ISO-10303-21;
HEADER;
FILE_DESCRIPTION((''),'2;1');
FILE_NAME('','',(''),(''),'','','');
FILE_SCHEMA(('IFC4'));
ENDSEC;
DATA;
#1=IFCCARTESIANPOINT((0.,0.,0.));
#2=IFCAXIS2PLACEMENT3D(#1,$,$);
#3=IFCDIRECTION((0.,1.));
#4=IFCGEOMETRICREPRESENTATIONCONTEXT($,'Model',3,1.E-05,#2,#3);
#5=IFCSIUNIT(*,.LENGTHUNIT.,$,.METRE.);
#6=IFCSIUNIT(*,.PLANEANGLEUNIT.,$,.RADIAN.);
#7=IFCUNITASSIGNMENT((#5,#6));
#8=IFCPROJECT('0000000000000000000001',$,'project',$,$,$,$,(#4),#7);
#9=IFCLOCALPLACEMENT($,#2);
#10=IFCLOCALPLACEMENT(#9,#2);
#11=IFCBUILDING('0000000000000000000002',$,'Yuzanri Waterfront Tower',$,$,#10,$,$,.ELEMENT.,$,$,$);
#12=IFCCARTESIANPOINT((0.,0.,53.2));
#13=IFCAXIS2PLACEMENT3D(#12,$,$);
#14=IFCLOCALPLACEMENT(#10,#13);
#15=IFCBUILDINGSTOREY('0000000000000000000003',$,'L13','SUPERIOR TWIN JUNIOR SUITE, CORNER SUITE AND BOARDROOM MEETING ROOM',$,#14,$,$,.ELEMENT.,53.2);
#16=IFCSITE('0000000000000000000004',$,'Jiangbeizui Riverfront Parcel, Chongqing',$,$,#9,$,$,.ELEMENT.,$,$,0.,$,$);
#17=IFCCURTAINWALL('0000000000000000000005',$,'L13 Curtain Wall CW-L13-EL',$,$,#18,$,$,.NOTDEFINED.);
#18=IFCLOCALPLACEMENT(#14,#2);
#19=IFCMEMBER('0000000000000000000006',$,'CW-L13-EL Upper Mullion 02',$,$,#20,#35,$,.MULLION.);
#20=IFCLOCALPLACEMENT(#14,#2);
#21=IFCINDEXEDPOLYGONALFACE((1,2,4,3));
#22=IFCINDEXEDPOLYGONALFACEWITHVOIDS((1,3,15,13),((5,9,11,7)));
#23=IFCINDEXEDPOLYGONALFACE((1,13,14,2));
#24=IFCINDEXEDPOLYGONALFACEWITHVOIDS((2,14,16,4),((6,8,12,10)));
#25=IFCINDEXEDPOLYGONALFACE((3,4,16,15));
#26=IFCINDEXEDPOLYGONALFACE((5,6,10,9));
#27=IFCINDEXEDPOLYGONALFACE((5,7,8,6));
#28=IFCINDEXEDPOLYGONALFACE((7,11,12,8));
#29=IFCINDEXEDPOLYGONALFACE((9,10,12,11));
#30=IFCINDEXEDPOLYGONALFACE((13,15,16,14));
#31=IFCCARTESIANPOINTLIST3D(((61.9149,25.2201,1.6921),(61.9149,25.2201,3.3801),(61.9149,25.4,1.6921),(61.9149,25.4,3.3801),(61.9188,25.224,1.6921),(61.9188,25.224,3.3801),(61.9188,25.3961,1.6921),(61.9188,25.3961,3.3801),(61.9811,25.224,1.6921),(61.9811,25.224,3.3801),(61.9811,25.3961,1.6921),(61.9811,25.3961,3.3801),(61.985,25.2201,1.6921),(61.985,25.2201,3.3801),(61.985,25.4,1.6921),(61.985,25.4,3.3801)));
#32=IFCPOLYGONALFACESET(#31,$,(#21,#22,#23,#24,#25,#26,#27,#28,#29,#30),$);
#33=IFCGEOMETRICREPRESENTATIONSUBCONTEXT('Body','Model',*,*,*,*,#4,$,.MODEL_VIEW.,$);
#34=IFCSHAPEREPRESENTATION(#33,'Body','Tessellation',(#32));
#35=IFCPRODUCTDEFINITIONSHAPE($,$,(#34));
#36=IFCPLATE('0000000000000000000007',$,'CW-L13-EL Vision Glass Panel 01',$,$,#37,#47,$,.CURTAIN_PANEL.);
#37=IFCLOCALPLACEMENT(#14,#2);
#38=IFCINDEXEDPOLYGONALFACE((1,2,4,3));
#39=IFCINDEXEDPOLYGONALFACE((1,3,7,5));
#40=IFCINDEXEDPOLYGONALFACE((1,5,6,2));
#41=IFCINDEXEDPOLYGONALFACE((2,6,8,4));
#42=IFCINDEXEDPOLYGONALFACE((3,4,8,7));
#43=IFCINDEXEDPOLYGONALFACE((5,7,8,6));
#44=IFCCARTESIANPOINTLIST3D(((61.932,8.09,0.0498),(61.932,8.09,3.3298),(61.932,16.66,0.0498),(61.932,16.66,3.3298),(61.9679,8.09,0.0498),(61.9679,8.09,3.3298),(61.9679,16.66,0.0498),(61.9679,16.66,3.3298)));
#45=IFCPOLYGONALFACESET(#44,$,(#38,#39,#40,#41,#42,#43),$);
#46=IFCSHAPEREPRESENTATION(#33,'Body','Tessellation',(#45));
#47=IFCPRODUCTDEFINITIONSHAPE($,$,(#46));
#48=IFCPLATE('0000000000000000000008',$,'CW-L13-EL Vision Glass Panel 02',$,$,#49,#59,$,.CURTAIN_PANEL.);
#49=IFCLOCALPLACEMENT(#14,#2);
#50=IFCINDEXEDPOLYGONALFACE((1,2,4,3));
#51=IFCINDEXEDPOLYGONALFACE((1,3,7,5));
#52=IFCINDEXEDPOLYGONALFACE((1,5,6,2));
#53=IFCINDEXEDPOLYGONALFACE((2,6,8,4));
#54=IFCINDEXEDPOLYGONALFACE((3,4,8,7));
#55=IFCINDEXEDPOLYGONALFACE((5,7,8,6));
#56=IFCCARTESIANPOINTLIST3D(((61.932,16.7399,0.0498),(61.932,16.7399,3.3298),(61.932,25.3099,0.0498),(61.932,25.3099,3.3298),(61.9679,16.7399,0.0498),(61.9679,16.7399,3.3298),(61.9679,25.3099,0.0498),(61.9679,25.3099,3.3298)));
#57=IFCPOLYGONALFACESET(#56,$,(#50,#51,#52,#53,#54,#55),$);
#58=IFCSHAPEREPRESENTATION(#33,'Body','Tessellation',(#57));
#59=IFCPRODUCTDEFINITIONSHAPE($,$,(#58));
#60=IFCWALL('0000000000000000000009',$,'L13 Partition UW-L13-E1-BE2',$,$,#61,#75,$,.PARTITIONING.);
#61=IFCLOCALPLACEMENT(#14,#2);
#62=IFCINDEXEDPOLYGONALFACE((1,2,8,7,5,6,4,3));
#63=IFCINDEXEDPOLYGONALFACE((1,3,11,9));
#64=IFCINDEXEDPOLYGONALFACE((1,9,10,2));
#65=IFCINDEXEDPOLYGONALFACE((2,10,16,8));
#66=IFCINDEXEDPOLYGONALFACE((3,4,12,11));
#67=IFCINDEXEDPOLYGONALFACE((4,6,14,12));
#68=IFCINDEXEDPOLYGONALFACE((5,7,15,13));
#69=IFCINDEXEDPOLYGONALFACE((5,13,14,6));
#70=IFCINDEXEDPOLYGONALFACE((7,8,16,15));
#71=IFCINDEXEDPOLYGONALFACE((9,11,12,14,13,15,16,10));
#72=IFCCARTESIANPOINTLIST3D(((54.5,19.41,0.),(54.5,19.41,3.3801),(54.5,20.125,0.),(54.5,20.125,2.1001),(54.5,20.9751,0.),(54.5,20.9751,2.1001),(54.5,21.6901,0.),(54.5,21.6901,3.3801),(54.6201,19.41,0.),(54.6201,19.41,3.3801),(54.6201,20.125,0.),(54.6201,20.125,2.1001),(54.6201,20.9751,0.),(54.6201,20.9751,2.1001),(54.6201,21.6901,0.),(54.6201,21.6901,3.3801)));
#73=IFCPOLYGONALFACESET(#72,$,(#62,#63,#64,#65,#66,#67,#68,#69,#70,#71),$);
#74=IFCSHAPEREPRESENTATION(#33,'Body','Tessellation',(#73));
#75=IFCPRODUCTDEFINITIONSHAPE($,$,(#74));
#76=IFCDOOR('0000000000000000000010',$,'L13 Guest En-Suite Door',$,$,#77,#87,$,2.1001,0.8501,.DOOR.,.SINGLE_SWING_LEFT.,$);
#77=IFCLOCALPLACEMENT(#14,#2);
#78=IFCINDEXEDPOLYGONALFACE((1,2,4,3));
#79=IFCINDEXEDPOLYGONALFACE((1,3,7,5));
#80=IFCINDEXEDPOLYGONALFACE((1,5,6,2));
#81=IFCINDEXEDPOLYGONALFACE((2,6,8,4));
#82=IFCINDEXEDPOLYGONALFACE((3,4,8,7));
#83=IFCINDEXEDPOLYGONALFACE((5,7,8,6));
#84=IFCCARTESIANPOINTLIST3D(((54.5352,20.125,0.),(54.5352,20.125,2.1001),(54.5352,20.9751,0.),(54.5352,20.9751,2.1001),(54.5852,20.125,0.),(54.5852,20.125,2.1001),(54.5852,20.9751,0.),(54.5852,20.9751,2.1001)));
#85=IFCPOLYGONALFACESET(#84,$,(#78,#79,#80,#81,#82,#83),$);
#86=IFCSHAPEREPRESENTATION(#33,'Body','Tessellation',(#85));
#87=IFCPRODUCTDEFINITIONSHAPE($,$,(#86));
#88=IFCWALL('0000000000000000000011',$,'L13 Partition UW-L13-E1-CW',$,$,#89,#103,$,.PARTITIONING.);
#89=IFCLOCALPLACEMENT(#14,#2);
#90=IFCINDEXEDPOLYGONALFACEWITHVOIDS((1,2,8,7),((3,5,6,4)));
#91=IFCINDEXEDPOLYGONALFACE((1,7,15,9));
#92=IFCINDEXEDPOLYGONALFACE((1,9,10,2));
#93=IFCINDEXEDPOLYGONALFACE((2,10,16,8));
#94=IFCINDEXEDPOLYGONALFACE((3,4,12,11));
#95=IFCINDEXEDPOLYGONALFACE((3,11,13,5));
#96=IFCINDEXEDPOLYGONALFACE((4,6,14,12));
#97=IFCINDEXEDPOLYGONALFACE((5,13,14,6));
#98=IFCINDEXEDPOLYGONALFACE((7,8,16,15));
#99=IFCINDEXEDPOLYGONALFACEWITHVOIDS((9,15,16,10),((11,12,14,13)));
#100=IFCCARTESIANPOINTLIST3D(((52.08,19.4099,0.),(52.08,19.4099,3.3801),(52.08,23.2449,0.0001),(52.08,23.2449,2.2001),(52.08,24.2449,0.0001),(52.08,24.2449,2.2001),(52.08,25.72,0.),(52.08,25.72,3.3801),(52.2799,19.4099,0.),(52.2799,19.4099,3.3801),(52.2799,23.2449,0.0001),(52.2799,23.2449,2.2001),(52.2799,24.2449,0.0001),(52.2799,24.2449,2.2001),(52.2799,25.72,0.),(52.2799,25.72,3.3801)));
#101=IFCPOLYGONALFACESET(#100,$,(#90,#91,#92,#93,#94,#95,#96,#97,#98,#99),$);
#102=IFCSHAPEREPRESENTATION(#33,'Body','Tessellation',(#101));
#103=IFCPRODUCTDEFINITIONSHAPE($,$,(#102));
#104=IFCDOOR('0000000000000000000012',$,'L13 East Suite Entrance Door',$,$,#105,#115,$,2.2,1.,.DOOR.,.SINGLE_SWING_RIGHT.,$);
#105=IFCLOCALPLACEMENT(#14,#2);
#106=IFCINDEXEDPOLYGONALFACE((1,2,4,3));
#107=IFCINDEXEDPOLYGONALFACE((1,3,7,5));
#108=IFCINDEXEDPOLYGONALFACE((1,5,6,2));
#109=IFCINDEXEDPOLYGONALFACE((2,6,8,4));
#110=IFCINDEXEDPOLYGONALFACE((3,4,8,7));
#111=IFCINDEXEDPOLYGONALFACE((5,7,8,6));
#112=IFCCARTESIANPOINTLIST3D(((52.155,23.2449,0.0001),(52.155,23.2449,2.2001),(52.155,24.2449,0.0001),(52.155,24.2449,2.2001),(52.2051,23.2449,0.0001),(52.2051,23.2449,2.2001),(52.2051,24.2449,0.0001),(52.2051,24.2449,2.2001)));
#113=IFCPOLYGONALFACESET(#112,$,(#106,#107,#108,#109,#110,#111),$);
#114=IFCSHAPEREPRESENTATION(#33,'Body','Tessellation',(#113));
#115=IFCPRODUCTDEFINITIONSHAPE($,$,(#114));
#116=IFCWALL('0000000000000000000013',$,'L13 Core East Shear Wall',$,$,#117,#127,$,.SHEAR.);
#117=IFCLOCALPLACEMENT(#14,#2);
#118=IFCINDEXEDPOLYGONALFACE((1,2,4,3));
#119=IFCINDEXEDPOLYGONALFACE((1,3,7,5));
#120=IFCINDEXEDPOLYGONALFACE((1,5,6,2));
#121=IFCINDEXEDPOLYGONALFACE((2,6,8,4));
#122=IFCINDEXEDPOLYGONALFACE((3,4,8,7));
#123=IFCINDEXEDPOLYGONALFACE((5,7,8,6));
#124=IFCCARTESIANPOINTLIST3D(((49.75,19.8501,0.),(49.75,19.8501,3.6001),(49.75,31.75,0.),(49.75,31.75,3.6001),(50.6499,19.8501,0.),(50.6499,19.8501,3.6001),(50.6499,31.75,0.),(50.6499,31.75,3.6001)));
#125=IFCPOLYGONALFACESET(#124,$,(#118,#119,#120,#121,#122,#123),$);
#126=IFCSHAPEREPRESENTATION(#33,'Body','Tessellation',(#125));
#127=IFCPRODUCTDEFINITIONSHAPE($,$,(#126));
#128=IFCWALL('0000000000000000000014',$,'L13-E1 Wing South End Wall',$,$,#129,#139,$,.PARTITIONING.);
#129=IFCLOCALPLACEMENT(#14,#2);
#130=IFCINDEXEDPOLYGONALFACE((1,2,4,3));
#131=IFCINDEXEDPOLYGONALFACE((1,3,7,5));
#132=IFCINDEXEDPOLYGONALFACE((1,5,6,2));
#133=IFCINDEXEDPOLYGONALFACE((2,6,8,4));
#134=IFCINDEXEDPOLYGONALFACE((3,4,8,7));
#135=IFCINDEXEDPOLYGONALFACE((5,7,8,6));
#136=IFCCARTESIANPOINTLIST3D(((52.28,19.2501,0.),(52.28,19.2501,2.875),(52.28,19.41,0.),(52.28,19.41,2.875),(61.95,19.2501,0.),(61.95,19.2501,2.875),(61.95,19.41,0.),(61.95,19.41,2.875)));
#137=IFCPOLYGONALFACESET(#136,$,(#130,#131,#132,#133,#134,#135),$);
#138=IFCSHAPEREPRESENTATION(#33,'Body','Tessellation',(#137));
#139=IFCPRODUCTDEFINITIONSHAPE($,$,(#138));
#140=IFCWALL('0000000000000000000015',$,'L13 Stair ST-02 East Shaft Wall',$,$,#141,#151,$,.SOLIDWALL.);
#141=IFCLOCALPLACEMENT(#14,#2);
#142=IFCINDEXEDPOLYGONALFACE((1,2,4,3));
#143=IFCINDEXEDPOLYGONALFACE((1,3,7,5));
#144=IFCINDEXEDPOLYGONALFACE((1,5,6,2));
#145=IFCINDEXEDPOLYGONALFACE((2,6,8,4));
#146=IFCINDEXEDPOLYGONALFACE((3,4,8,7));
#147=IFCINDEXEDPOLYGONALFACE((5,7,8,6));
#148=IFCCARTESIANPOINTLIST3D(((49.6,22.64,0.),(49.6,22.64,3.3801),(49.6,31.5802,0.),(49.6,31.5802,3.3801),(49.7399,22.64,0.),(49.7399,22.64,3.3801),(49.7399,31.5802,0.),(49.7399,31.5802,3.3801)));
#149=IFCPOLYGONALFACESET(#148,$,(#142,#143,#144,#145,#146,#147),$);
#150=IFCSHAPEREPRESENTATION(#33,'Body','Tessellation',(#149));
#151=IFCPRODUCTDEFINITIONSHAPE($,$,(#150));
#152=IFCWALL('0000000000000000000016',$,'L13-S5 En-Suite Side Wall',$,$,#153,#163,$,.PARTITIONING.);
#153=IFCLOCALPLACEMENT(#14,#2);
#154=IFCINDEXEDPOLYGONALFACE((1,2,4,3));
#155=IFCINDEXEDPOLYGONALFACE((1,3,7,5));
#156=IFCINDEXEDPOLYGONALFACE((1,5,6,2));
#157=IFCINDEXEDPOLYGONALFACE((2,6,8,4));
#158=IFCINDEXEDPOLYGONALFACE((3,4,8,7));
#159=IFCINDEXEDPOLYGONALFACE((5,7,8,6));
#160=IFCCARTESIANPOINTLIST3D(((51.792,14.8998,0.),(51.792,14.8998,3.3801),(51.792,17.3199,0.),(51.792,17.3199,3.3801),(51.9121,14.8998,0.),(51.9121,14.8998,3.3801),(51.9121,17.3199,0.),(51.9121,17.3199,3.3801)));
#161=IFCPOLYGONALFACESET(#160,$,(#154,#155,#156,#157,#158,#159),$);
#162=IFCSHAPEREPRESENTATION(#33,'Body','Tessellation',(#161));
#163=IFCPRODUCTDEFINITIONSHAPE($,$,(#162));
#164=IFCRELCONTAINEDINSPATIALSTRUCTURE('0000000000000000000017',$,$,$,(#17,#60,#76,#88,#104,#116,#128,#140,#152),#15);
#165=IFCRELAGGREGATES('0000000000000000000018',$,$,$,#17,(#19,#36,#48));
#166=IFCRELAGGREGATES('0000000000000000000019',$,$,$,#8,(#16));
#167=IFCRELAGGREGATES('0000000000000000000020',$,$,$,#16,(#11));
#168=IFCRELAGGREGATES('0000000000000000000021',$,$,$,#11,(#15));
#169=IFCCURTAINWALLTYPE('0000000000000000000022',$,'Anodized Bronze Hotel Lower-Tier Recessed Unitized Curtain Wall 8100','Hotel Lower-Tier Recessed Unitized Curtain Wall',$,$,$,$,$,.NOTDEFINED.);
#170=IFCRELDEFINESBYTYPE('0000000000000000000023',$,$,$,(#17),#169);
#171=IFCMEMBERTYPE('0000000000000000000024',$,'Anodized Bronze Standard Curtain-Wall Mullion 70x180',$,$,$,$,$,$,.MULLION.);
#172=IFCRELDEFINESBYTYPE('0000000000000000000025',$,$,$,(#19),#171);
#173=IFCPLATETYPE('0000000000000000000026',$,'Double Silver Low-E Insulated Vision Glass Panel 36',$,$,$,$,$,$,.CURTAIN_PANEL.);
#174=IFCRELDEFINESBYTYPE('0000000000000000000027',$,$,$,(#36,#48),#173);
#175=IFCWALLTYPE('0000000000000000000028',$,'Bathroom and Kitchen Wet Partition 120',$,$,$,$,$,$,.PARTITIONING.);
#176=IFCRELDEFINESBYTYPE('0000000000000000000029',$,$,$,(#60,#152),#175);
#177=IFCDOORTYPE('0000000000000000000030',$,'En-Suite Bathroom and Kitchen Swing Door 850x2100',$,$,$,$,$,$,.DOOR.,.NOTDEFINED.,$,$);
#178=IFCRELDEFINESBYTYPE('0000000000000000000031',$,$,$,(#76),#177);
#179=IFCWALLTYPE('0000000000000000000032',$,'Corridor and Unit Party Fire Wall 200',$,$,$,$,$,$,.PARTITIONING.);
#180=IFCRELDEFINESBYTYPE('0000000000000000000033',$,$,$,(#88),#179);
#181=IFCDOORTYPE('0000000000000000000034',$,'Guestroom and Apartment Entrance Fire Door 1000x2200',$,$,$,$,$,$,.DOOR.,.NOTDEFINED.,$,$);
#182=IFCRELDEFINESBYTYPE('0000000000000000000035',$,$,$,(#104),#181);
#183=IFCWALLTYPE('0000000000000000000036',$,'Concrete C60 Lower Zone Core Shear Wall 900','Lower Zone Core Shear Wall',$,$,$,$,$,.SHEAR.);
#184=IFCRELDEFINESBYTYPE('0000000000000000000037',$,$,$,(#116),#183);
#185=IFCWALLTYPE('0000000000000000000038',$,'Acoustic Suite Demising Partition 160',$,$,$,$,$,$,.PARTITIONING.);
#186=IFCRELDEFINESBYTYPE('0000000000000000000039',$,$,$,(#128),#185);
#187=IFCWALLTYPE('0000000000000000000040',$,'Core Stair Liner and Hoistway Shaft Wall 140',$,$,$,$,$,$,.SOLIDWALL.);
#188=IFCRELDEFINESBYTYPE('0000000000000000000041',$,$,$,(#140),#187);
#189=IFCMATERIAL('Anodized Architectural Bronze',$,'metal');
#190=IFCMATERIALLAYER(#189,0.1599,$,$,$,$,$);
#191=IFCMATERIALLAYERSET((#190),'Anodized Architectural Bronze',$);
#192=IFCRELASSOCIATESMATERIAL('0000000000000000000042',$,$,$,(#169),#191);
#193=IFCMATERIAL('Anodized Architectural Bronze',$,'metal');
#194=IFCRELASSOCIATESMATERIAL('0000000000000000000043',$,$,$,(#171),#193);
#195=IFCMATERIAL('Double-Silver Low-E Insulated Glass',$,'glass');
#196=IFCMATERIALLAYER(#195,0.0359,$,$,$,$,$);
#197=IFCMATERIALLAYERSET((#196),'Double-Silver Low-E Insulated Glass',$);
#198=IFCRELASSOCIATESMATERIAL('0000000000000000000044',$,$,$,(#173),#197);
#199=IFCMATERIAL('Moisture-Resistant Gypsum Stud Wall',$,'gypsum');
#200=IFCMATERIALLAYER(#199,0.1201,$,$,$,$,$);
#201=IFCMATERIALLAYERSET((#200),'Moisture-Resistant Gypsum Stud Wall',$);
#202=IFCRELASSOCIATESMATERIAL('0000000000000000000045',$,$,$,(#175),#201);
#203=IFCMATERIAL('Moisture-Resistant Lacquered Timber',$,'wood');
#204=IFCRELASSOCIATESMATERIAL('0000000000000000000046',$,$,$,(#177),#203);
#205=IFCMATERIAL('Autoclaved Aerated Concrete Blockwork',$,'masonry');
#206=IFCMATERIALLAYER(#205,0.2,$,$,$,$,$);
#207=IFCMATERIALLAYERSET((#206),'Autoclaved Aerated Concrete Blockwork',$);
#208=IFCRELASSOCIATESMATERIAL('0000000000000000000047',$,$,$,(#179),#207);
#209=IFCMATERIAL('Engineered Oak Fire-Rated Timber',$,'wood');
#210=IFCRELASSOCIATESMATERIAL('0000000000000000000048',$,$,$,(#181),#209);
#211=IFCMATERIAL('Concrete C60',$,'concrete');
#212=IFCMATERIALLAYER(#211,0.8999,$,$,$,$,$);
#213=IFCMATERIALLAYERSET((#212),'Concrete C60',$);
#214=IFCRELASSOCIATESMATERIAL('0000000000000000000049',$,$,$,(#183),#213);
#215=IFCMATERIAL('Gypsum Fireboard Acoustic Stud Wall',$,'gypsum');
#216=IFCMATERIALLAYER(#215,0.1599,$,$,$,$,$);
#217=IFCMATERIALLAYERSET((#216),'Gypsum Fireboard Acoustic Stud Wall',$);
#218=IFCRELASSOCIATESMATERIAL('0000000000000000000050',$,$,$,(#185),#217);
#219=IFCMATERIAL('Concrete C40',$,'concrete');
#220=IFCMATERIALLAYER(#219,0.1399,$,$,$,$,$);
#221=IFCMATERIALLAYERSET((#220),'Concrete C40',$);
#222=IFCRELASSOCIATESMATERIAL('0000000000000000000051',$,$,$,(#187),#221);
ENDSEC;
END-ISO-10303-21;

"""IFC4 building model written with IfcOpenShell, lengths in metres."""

from ifc_helpers import new_model, si_unit, direction, frame, frame_2d, origin, origin_2d, place, context, subcontext, project, spatial, rectangle, hollow_rectangle, extrude, source, transform, mapped, material, layer, layer_set, material_profile, profile_set, type_object, element, fill, aggregate, save


model = new_model("IFC4")

# Units and contexts
model_context = context("Model", 3, precision=1e-05, world=origin(), true_north=direction((0.0, 1.0)))
body_context = subcontext(model_context, "Body", "Model", "MODEL_VIEW")
ifc_project = project(units=[si_unit("LENGTHUNIT", "METRE"), si_unit("PLANEANGLEUNIT", "RADIAN")], contexts=[model_context])

# Site, building, storey
site_placement = place(None, origin())
site = spatial("IfcSite", under=ifc_project, at=site_placement, Name="Jiangbeizui Riverfront Parcel, Chongqing", CompositionType="ELEMENT", RefElevation=0.0)
building_placement = place(site_placement, origin())
building = spatial("IfcBuilding", under=site, at=building_placement, Name="Yuzanri Waterfront Tower", CompositionType="ELEMENT")
storey_placement = place(building_placement, frame((0.0, 0.0, 53.2)))
storey = spatial("IfcBuildingStorey", under=building, at=storey_placement, Name="L13", Description="SUPERIOR TWIN JUNIOR SUITE, CORNER SUITE AND BOARDROOM MEETING ROOM", CompositionType="ELEMENT", Elevation=53.2)

# Curtain wall, member, plates
ifc_material_1 = material(Name="Anodized Architectural Bronze", Category="metal")
ifc_layer_1 = layer(ifc_material_1, 0.1599)
ifc_layer_set_1 = layer_set([ifc_layer_1], Name="Anodized Architectural Bronze")
curtain_wall_type = type_object("IfcCurtainWallType", Name="Anodized Bronze Hotel Lower-Tier Recessed Unitized Curtain Wall 8100", Description="Hotel Lower-Tier Recessed Unitized Curtain Wall", PredefinedType="NOTDEFINED", material=ifc_layer_set_1)
curtain_wall_placement = place(storey_placement, origin())
curtain_wall = element("IfcCurtainWall", 1, at=curtain_wall_placement, inside=storey, type_object=curtain_wall_type, Name="L13 Curtain Wall CW-L13-EL", PredefinedType="NOTDEFINED")
ifc_material_2 = material(Name="Anodized Architectural Bronze", Category="metal")
ifc_material_profile_1 = material_profile(ifc_material_2, hollow_rectangle(XDim=0.0701, YDim=0.1799, WallThickness=0.0039, at=origin_2d()), Name="CWM 70x180")
ifc_profile_set_1 = profile_set([ifc_material_profile_1], Name="Anodized Architectural Bronze")
member_type = type_object("IfcMemberType", Name="Anodized Bronze Standard Curtain-Wall Mullion 70x180", PredefinedType="MULLION", material=ifc_profile_set_1)
shared_shape_1 = source(origin(), body_context, "Body", "SweptSolid", [
    extrude(hollow_rectangle(XDim=0.0701, YDim=0.1799, WallThickness=0.0039, at=origin_2d()), origin(), (0.0, 0.0, 1.0), 1.688),
])
member_1_placement = place(storey_placement, frame((61.95, 25.3101, 1.6921), z_axis=(0.0, 0.0, 1.0), x_axis=(1.0, 0.0, 0.0)))
member_1 = element("IfcMember", 2, at=member_1_placement, type_object=member_type, Name="CW-L13-EL Upper Mullion 02", PredefinedType="MULLION", context=body_context, shape_type="MappedRepresentation", body=[
    mapped(shared_shape_1, transform((0.0, 0.0, 0.0), scale=1.0)),
])
ifc_material_3 = material(Name="Double-Silver Low-E Insulated Glass", Category="glass")
ifc_layer_2 = layer(ifc_material_3, 0.0359)
ifc_layer_set_2 = layer_set([ifc_layer_2], Name="Double-Silver Low-E Insulated Glass")
plate_type = type_object("IfcPlateType", Name="Double Silver Low-E Insulated Vision Glass Panel 36", PredefinedType="CURTAIN_PANEL", material=ifc_layer_set_2)
shared_shape_2 = source(origin(), body_context, "Body", "SweptSolid", [
    extrude(rectangle(XDim=8.5701, YDim=0.0359, at=origin_2d()), origin(), (0.0, 0.0, 1.0), 3.28),
])
plate_1_placement = place(storey_placement, frame((61.95, 12.375, 0.0498), z_axis=(0.0, 0.0, 1.0), x_axis=(0.0, 1.0, 0.0)))
plate_1 = element("IfcPlate", 3, at=plate_1_placement, type_object=plate_type, Name="CW-L13-EL Vision Glass Panel 01", PredefinedType="CURTAIN_PANEL", context=body_context, shape_type="MappedRepresentation", body=[
    mapped(shared_shape_2, transform((0.0, 0.0, 0.0), scale=1.0)),
])
plate_2_placement = place(storey_placement, frame((61.95, 21.0249, 0.0498), z_axis=(0.0, 0.0, 1.0), x_axis=(0.0, 1.0, 0.0)))
plate_2 = element("IfcPlate", 4, at=plate_2_placement, type_object=plate_type, Name="CW-L13-EL Vision Glass Panel 02", PredefinedType="CURTAIN_PANEL", context=body_context, shape_type="MappedRepresentation", body=[
    mapped(shared_shape_2, transform((0.0, 0.0, 0.0), scale=1.0)),
])
aggregate(curtain_wall, [member_1, plate_1, plate_2])

# Walls, openings, doors
ifc_material_4 = material(Name="Moisture-Resistant Gypsum Stud Wall", Category="gypsum")
ifc_layer_3 = layer(ifc_material_4, 0.1201)
ifc_layer_set_3 = layer_set([ifc_layer_3], Name="Moisture-Resistant Gypsum Stud Wall")
wall_type_1 = type_object("IfcWallType", Name="Bathroom and Kitchen Wet Partition 120", PredefinedType="PARTITIONING", material=ifc_layer_set_3)
wall_1_placement = place(storey_placement, frame((54.5601, 19.4099, 0.0), z_axis=(0.0, 0.0, 1.0), x_axis=(0.0, 1.0, 0.0)))
wall_1 = element("IfcWall", 5, at=wall_1_placement, inside=storey, type_object=wall_type_1, Name="L13 Partition UW-L13-E1-BE2", PredefinedType="PARTITIONING", context=body_context, shape_type="SweptSolid", body=[
    extrude(rectangle(XDim=2.28, YDim=0.1201, at=frame_2d((1.1401, 0.0))), origin(), (0.0, 0.0, 1.0), 3.3801),
])
opening_1_placement = place(wall_1_placement, frame((0.7151, 0.0, 0.0)))
opening_1 = element("IfcOpeningElement", 6, at=opening_1_placement, cuts=wall_1, PredefinedType="OPENING", context=body_context, shape_type="SweptSolid", body=[
    extrude(rectangle(XDim=0.8501, YDim=2.1001, at=frame_2d((0.425, 1.05))), frame((0.0, 0.075, 0.0), z_axis=(0.0, -1.0, 0.0), x_axis=(1.0, 0.0, 0.0)), (0.0, 0.0, 1.0), 0.1499),
])
ifc_material_5 = material(Name="Moisture-Resistant Lacquered Timber", Category="wood")
door_type_1 = type_object("IfcDoorType", Name="En-Suite Bathroom and Kitchen Swing Door 850x2100", OperationType="NOTDEFINED", PredefinedType="DOOR", material=ifc_material_5)
shared_shape_3 = source(origin(), body_context, "Body", "SweptSolid", [
    extrude(rectangle(XDim=0.8501, YDim=2.1001, at=frame_2d((0.425, 1.05))), frame((0.0, 0.0249, 0.0), z_axis=(0.0, -1.0, 0.0), x_axis=(1.0, 0.0, 0.0)), (0.0, 0.0, 1.0), 0.05),
])
door_1_placement = place(opening_1_placement, origin())
door_1 = element("IfcDoor", 7, at=door_1_placement, inside=storey, type_object=door_type_1, Name="L13 Guest En-Suite Door", OperationType="SINGLE_SWING_LEFT", OverallHeight=2.1001, OverallWidth=0.8501, PredefinedType="DOOR", context=body_context, shape_type="MappedRepresentation", body=[
    mapped(shared_shape_3, transform((0.0, 0.0, 0.0), scale=1.0)),
])
fill(opening_1, door_1)
ifc_material_6 = material(Name="Autoclaved Aerated Concrete Blockwork", Category="masonry")
ifc_layer_4 = layer(ifc_material_6, 0.2)
ifc_layer_set_4 = layer_set([ifc_layer_4], Name="Autoclaved Aerated Concrete Blockwork")
wall_type_2 = type_object("IfcWallType", Name="Corridor and Unit Party Fire Wall 200", PredefinedType="PARTITIONING", material=ifc_layer_set_4)
wall_2_placement = place(storey_placement, frame((52.1799, 19.4099, 0.0), z_axis=(0.0, 0.0, 1.0), x_axis=(0.0, 1.0, 0.0)))
wall_2 = element("IfcWall", 8, at=wall_2_placement, inside=storey, type_object=wall_type_2, Name="L13 Partition UW-L13-E1-CW", PredefinedType="PARTITIONING", context=body_context, shape_type="SweptSolid", body=[
    extrude(rectangle(XDim=6.3101, YDim=0.2, at=frame_2d((3.155, 0.0))), origin(), (0.0, 0.0, 1.0), 3.3801),
])
opening_2_placement = place(wall_2_placement, frame((3.835, 0.0, 0.0)))
opening_2 = element("IfcOpeningElement", 9, at=opening_2_placement, cuts=wall_2, PredefinedType="OPENING", context=body_context, shape_type="SweptSolid", body=[
    extrude(rectangle(XDim=1.0, YDim=2.2, at=frame_2d((0.5, 1.1001))), frame((0.0, 0.1147, 0.0), z_axis=(0.0, -1.0, 0.0), x_axis=(1.0, 0.0, 0.0)), (0.0, 0.0, 1.0), 0.2297),
])
ifc_material_7 = material(Name="Engineered Oak Fire-Rated Timber", Category="wood")
door_type_2 = type_object("IfcDoorType", Name="Guestroom and Apartment Entrance Fire Door 1000x2200", OperationType="NOTDEFINED", PredefinedType="DOOR", material=ifc_material_7)
shared_shape_4 = source(origin(), body_context, "Body", "SweptSolid", [
    extrude(rectangle(XDim=1.0, YDim=2.2, at=frame_2d((0.5, 1.1001))), frame((0.0, 0.0249, 0.0), z_axis=(0.0, -1.0, 0.0), x_axis=(1.0, 0.0, 0.0)), (0.0, 0.0, 1.0), 0.05),
])
door_2_placement = place(opening_2_placement, origin())
door_2 = element("IfcDoor", 10, at=door_2_placement, inside=storey, type_object=door_type_2, Name="L13 East Suite Entrance Door", OperationType="SINGLE_SWING_RIGHT", OverallHeight=2.2, OverallWidth=1.0, PredefinedType="DOOR", context=body_context, shape_type="MappedRepresentation", body=[
    mapped(shared_shape_4, transform((0.0, 0.0, 0.0), scale=1.0)),
])
fill(opening_2, door_2)

# Walls
ifc_material_8 = material(Name="Concrete C60", Category="concrete")
ifc_layer_5 = layer(ifc_material_8, 0.8999)
ifc_layer_set_5 = layer_set([ifc_layer_5], Name="Concrete C60")
wall_type_3 = type_object("IfcWallType", Name="Concrete C60 Lower Zone Core Shear Wall 900", Description="Lower Zone Core Shear Wall", PredefinedType="SHEAR", material=ifc_layer_set_5)
shared_shape_5 = source(origin(), body_context, "Body", "SweptSolid", [
    extrude(rectangle(XDim=11.8999, YDim=0.8999, at=frame_2d((5.95, 0.0))), origin(), (0.0, 0.0, 1.0), 3.6001),
])
wall_3_placement = place(storey_placement, frame((50.2, 19.8501, 0.0), z_axis=(0.0, 0.0, 1.0), x_axis=(0.0, 1.0, 0.0)))
element("IfcWall", 11, at=wall_3_placement, inside=storey, type_object=wall_type_3, Name="L13 Core East Shear Wall", PredefinedType="SHEAR", context=body_context, shape_type="MappedRepresentation", body=[
    mapped(shared_shape_5, transform((0.0, 0.0, 0.0), scale=1.0)),
])
ifc_material_9 = material(Name="Gypsum Fireboard Acoustic Stud Wall", Category="gypsum")
ifc_layer_6 = layer(ifc_material_9, 0.1599)
ifc_layer_set_6 = layer_set([ifc_layer_6], Name="Gypsum Fireboard Acoustic Stud Wall")
wall_type_4 = type_object("IfcWallType", Name="Acoustic Suite Demising Partition 160", PredefinedType="PARTITIONING", material=ifc_layer_set_6)
shared_shape_6 = source(origin(), body_context, "Body", "SweptSolid", [
    extrude(rectangle(XDim=9.6699, YDim=0.1599, at=frame_2d((4.835, 0.0))), origin(), (0.0, 0.0, 1.0), 2.875),
])
wall_4_placement = place(storey_placement, frame((52.28, 19.3301, 0.0), z_axis=(0.0, 0.0, 1.0), x_axis=(1.0, 0.0, 0.0)))
element("IfcWall", 12, at=wall_4_placement, inside=storey, type_object=wall_type_4, Name="L13-E1 Wing South End Wall", PredefinedType="PARTITIONING", context=body_context, shape_type="MappedRepresentation", body=[
    mapped(shared_shape_6, transform((0.0, 0.0, 0.0), scale=1.0)),
])
ifc_material_10 = material(Name="Concrete C40", Category="concrete")
ifc_layer_7 = layer(ifc_material_10, 0.1399)
ifc_layer_set_7 = layer_set([ifc_layer_7], Name="Concrete C40")
wall_type_5 = type_object("IfcWallType", Name="Core Stair Liner and Hoistway Shaft Wall 140", PredefinedType="SOLIDWALL", material=ifc_layer_set_7)
shared_shape_7 = source(origin(), body_context, "Body", "SweptSolid", [
    extrude(rectangle(XDim=8.9402, YDim=0.1399, at=frame_2d((4.4702, 0.0))), origin(), (0.0, 0.0, 1.0), 3.3801),
])
wall_5_placement = place(storey_placement, frame((49.6699, 22.6399, 0.0), z_axis=(0.0, 0.0, 1.0), x_axis=(0.0, 1.0, 0.0)))
element("IfcWall", 13, at=wall_5_placement, inside=storey, type_object=wall_type_5, Name="L13 Stair ST-02 East Shaft Wall", PredefinedType="SOLIDWALL", context=body_context, shape_type="MappedRepresentation", body=[
    mapped(shared_shape_7, transform((0.0, 0.0, 0.0), scale=1.0)),
])
shared_shape_8 = source(origin(), body_context, "Body", "SweptSolid", [
    extrude(rectangle(XDim=2.4202, YDim=0.1201, at=frame_2d((1.21, 0.0))), origin(), (0.0, 0.0, 1.0), 3.3801),
])
wall_6_placement = place(storey_placement, frame((51.8521, 14.8999, 0.0), z_axis=(0.0, 0.0, 1.0), x_axis=(0.0, 1.0, 0.0)))
element("IfcWall", 14, at=wall_6_placement, inside=storey, type_object=wall_type_1, Name="L13-S5 En-Suite Side Wall", PredefinedType="PARTITIONING", context=body_context, shape_type="MappedRepresentation", body=[
    mapped(shared_shape_8, transform((0.0, 0.0, 0.0), scale=1.0)),
])

save(model, "model.ifc")
